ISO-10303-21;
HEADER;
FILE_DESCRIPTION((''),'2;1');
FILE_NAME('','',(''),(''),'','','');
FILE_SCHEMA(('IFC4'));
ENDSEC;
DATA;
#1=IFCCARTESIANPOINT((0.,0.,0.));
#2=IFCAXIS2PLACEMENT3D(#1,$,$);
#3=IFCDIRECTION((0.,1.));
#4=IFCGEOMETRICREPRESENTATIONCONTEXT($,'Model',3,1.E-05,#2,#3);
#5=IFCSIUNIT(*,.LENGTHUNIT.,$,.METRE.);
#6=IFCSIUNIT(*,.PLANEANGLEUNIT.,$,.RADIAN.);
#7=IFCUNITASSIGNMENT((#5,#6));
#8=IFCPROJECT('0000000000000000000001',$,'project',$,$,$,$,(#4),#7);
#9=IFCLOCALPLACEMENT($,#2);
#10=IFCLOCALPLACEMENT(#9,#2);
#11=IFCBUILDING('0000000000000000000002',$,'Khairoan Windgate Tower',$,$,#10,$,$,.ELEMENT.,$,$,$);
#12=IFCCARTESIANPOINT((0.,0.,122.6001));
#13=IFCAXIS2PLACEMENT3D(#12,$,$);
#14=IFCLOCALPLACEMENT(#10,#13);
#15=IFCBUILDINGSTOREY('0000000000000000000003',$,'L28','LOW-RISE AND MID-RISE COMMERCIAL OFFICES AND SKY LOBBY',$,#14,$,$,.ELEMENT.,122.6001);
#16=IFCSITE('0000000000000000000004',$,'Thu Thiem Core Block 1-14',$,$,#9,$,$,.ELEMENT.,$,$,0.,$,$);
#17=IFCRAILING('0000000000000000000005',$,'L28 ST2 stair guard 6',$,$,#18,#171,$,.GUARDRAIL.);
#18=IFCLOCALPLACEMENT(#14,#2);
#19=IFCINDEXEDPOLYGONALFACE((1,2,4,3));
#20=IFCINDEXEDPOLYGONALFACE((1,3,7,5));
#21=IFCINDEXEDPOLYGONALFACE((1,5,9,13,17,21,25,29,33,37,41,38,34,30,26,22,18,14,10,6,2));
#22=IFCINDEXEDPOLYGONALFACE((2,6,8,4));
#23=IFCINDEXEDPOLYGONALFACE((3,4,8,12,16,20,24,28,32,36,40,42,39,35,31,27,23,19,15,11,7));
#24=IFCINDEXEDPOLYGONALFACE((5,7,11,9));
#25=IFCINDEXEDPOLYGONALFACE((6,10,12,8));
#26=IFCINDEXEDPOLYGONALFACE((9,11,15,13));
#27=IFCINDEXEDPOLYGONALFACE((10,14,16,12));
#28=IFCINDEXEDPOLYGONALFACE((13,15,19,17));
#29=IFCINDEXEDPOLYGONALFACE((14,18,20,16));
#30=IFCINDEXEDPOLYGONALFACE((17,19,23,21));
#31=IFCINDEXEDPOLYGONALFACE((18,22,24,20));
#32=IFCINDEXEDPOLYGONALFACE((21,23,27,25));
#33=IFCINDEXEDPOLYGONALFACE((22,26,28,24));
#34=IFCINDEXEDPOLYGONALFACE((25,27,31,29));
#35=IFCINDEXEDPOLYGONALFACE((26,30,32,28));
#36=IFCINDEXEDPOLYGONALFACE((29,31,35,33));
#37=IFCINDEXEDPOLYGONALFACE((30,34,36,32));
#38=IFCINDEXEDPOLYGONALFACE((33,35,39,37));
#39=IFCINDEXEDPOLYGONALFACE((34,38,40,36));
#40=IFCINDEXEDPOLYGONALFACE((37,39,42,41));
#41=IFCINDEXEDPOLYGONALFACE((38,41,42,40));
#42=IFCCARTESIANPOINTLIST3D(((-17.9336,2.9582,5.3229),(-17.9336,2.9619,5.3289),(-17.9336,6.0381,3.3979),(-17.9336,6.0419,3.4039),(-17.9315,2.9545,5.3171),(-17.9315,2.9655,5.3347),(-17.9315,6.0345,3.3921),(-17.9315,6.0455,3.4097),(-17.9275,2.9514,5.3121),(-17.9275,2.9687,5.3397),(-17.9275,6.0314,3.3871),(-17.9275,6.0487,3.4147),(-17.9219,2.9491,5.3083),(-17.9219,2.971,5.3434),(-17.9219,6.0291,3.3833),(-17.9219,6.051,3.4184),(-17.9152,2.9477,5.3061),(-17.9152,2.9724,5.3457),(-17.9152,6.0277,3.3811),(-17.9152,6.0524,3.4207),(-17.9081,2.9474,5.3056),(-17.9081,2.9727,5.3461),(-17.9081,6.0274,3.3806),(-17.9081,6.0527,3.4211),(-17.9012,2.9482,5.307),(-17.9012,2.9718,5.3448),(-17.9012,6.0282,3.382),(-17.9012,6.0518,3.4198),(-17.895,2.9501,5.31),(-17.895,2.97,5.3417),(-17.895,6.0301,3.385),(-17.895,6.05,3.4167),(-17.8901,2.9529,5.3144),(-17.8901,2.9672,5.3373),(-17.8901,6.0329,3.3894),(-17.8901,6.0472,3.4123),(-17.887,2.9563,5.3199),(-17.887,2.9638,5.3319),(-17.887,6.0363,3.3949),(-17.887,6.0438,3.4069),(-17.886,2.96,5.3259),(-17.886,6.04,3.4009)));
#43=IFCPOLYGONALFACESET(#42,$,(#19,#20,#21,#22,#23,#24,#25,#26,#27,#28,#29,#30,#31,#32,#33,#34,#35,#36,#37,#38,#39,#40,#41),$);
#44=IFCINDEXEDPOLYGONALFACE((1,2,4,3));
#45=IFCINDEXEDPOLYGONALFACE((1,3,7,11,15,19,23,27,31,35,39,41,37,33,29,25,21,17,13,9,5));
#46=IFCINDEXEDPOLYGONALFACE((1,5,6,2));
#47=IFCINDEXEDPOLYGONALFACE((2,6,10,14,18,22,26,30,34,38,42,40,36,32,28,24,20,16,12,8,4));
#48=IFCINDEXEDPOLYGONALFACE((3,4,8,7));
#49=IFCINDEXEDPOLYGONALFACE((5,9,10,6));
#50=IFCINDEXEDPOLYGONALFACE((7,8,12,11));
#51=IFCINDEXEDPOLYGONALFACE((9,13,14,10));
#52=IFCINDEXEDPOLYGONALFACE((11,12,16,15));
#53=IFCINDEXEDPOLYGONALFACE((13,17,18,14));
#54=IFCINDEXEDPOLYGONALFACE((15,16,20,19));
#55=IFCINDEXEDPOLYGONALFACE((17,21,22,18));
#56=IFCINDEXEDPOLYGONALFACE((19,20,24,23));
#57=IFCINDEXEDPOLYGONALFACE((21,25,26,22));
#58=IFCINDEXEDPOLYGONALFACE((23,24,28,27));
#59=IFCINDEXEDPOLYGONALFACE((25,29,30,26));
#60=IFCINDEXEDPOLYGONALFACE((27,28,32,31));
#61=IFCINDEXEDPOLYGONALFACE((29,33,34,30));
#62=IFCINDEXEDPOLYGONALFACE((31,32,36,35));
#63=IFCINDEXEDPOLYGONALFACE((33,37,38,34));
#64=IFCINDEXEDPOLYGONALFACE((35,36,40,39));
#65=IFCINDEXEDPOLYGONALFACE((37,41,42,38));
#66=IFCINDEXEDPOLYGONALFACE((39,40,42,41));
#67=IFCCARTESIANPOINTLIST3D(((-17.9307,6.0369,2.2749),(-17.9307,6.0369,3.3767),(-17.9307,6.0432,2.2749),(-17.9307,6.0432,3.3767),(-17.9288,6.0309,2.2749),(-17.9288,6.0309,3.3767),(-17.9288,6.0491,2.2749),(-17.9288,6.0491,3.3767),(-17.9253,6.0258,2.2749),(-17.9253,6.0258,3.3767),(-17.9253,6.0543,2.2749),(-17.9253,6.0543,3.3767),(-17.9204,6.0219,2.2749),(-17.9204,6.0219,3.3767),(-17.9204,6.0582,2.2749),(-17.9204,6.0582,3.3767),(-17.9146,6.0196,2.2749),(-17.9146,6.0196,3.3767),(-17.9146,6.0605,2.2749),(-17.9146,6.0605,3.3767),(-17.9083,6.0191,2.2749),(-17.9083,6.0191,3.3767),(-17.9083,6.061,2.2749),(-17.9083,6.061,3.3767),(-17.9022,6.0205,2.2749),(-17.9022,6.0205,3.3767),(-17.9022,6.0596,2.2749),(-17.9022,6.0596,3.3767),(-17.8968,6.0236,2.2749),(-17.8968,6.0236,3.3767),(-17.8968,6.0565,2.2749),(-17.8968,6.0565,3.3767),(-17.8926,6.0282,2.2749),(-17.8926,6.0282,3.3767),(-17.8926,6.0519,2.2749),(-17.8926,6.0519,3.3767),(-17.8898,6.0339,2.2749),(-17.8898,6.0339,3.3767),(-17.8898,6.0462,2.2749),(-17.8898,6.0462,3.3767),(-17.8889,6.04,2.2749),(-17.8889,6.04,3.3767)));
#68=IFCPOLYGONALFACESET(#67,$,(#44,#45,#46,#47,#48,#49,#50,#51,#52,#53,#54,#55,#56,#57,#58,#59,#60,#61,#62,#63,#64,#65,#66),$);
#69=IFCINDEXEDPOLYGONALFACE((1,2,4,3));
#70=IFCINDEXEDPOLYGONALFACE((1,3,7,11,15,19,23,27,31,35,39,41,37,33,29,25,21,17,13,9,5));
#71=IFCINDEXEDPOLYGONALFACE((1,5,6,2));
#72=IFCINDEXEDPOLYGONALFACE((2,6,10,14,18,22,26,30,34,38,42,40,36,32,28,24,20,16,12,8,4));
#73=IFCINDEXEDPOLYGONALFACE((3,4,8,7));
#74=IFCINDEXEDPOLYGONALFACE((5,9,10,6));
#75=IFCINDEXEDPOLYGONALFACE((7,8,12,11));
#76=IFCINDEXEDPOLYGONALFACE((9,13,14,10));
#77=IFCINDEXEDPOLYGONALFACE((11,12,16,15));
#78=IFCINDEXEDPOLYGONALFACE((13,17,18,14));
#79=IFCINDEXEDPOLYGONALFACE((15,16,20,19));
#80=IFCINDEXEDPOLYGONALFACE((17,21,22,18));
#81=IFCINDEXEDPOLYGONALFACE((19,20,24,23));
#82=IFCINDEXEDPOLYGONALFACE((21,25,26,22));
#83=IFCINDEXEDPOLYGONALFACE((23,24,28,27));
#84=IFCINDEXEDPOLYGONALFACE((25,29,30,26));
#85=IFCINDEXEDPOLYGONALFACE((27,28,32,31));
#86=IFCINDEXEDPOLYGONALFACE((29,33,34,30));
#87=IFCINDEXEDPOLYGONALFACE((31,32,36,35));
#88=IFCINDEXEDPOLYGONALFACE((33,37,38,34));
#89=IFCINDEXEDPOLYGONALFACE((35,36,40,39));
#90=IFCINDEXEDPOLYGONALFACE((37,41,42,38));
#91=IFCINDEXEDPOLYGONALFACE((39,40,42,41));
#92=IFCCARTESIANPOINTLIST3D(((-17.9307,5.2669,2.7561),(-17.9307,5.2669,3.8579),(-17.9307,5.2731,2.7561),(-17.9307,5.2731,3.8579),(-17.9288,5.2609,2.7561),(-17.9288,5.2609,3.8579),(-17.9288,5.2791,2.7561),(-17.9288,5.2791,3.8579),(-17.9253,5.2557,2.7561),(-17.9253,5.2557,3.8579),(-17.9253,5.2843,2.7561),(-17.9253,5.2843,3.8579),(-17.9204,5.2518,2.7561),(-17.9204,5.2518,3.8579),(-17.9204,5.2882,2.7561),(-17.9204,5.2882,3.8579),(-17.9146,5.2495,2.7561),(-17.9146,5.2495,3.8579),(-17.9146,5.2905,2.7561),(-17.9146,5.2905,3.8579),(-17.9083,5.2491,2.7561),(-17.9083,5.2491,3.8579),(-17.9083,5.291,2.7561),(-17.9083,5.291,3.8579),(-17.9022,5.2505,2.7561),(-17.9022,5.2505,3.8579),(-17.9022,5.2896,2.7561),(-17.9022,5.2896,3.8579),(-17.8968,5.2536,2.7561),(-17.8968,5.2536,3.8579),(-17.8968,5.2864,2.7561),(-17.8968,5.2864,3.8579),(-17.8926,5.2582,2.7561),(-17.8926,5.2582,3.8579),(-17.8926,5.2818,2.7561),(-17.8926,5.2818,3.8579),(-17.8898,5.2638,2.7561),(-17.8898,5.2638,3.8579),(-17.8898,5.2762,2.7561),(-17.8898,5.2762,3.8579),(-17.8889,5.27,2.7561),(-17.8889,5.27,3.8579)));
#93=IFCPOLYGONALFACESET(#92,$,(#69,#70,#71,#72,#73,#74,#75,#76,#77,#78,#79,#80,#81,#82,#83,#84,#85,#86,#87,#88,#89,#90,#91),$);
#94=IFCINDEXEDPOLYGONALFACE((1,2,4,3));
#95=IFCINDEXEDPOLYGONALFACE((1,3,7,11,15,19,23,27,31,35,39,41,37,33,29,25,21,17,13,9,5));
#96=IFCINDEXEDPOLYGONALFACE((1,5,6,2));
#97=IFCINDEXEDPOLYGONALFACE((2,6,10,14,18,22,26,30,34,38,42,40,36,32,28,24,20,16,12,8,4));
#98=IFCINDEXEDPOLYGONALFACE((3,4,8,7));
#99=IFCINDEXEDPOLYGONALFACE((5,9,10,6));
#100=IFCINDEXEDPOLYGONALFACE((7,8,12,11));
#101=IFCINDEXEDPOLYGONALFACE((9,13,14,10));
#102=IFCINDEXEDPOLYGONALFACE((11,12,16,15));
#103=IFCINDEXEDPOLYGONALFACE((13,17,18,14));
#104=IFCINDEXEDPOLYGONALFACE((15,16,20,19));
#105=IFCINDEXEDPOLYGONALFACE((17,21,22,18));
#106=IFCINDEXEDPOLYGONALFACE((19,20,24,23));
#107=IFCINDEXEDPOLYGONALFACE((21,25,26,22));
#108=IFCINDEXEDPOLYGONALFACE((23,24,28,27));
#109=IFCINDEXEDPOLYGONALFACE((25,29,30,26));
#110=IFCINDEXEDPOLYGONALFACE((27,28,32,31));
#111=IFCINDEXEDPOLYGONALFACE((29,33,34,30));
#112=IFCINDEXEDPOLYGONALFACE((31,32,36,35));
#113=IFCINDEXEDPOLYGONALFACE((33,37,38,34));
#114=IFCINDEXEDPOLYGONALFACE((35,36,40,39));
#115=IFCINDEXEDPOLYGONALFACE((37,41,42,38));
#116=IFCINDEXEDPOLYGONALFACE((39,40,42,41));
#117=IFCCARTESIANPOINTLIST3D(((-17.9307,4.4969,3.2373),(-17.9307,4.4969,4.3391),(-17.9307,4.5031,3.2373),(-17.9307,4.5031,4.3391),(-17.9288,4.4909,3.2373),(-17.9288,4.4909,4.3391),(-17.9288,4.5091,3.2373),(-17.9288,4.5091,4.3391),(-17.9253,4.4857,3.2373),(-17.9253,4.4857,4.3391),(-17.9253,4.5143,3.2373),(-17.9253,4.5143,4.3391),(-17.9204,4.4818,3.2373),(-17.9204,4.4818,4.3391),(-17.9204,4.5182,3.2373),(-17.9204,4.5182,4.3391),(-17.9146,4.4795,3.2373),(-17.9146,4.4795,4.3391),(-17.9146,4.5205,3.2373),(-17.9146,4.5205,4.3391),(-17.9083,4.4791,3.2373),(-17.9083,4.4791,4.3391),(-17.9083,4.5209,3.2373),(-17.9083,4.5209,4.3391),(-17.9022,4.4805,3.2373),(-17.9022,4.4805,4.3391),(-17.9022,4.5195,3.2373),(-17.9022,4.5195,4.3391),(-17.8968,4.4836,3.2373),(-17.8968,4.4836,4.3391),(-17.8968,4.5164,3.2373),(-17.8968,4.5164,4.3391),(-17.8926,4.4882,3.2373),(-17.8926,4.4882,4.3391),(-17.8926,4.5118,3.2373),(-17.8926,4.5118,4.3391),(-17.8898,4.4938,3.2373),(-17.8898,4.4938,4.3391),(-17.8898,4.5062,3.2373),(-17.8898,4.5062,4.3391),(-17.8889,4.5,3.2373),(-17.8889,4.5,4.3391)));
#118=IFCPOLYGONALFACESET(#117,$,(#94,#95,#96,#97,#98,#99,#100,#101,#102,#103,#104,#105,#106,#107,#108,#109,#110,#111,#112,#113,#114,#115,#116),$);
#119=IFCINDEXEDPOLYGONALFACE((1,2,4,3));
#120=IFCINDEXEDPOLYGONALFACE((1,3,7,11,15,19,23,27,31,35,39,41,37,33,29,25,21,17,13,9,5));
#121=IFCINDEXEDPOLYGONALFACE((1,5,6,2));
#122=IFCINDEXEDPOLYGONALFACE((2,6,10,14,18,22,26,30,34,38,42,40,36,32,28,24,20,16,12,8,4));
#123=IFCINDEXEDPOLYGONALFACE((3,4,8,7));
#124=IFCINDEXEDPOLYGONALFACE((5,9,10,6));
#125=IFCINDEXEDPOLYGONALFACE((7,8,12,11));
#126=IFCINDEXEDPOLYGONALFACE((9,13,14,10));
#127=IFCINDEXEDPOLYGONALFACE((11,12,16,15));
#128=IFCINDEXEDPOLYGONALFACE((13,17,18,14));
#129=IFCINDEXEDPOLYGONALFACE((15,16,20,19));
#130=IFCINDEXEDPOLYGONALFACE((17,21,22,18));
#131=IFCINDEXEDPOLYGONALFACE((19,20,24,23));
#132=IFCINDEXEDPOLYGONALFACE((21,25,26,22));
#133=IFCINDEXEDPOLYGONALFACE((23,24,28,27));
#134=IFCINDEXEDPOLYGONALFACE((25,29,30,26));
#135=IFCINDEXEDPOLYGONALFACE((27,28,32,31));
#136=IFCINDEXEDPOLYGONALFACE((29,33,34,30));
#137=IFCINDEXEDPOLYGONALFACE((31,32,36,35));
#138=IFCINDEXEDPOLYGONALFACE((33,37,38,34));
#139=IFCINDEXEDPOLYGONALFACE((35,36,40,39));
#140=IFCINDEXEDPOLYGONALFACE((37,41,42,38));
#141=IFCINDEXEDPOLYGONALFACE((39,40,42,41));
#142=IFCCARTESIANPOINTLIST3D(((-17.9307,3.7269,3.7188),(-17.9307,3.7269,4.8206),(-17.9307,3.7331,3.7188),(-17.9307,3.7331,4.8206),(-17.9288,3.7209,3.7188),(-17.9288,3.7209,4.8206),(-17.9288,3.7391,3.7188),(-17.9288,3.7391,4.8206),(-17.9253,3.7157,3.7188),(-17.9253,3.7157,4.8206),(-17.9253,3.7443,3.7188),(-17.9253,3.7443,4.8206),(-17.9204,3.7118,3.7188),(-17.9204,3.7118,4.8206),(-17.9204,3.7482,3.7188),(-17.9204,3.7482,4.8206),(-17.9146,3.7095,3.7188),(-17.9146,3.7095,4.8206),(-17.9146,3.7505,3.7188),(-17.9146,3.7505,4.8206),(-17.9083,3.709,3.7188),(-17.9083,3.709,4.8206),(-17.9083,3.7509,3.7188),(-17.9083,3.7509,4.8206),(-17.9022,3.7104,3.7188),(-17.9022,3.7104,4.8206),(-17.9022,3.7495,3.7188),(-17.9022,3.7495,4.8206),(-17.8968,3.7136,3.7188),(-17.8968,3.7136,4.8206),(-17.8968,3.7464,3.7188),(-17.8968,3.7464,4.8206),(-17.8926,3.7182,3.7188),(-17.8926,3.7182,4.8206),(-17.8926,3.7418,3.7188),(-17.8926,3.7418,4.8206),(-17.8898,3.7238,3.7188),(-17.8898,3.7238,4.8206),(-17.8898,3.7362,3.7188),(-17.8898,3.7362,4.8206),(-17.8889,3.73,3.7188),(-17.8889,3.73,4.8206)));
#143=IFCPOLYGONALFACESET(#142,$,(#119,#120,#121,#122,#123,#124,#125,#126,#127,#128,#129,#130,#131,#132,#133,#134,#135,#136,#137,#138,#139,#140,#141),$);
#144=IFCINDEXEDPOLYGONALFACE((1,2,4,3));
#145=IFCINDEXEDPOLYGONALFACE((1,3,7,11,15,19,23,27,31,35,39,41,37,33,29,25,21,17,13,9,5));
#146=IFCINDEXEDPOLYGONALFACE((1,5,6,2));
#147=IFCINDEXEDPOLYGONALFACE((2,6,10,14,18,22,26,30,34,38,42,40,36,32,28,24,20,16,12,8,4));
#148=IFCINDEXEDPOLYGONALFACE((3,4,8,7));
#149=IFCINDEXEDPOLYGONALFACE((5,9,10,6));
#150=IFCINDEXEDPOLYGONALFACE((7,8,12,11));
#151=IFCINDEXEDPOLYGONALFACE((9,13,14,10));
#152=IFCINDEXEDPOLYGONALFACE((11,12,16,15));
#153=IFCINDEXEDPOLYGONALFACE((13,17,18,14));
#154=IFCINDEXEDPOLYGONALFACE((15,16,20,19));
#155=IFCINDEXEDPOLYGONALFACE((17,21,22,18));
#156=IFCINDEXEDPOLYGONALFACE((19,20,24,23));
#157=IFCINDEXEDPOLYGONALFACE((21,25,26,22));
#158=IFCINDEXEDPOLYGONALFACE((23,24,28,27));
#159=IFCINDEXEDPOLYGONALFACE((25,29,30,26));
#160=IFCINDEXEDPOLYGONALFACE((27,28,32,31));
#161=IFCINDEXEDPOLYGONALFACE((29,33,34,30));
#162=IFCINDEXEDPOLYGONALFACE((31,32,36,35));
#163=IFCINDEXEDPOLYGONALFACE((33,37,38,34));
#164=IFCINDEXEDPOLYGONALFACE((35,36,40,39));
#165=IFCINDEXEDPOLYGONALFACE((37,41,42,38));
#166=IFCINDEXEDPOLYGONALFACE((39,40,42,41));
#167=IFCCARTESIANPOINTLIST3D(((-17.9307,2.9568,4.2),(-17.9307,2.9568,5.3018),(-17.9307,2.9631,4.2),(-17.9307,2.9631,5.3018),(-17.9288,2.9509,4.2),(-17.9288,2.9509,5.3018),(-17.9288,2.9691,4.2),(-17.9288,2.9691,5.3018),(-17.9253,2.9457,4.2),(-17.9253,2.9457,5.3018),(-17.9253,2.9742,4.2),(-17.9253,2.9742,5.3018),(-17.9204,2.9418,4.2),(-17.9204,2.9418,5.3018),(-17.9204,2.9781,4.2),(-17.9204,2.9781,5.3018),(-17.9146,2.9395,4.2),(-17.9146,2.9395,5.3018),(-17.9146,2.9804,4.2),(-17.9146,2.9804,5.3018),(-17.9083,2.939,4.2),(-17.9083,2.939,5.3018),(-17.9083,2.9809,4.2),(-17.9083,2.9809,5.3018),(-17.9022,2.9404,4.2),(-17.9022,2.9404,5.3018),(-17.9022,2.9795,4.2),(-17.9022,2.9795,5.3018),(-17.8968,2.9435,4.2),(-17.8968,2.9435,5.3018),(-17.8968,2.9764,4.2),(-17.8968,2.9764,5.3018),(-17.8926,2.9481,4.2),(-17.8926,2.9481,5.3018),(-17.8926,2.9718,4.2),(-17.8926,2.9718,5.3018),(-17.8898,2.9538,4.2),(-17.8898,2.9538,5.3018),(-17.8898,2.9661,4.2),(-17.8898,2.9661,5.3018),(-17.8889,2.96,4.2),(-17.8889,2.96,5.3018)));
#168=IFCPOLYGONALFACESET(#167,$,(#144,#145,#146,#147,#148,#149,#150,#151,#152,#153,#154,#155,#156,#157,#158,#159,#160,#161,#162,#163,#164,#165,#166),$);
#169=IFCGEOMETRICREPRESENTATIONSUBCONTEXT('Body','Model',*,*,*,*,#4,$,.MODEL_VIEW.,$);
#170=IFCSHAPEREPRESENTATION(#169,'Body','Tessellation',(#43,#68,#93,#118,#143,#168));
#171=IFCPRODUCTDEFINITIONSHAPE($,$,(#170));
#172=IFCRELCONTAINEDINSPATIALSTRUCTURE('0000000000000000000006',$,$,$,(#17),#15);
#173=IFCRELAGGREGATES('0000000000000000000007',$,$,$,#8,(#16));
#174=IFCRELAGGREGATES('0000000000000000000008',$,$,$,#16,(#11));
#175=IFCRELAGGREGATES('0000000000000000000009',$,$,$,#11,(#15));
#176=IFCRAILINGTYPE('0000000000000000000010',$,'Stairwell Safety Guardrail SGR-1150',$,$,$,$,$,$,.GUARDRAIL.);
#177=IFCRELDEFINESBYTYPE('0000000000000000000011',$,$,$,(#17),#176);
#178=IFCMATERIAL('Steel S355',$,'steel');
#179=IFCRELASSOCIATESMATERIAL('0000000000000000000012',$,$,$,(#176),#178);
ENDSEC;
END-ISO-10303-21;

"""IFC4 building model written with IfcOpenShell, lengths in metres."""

from ifc_helpers import new_model, si_unit, direction, frame, origin, origin_2d, place, context, subcontext, project, spatial, circle, extrude, material, type_object, element, save


model = new_model("IFC4")

# Units and contexts
model_context = context("Model", 3, precision=1e-05, world=origin(), true_north=direction((0.0, 1.0)))
body_context = subcontext(model_context, "Body", "Model", "MODEL_VIEW")
ifc_project = project(units=[si_unit("LENGTHUNIT", "METRE"), si_unit("PLANEANGLEUNIT", "RADIAN")], contexts=[model_context])

# Site, building, storey
site_placement = place(None, origin())
site = spatial("IfcSite", under=ifc_project, at=site_placement, Name="Thu Thiem Core Block 1-14", CompositionType="ELEMENT", RefElevation=0.0)
building_placement = place(site_placement, origin())
building = spatial("IfcBuilding", under=site, at=building_placement, Name="Khairoan Windgate Tower", CompositionType="ELEMENT")
storey_placement = place(building_placement, frame((0.0, 0.0, 122.6001)))
storey = spatial("IfcBuildingStorey", under=building, at=storey_placement, Name="L28", Description="LOW-RISE AND MID-RISE COMMERCIAL OFFICES AND SKY LOBBY", CompositionType="ELEMENT", Elevation=122.6001)

# Railing
ifc_material_1 = material(Name="Steel S355", Category="steel")
railing_type_1 = type_object("IfcRailingType", Name="Stairwell Safety Guardrail SGR-1150", PredefinedType="GUARDRAIL", material=ifc_material_1)
railing_1_placement = place(storey_placement, frame((-17.9099, 6.04, 2.2749)))
element("IfcRailing", 1, at=railing_1_placement, inside=storey, type_object=railing_type_1, Name="L28 ST2 stair guard 6", PredefinedType="GUARDRAIL", context=body_context, shape_type="SweptSolid", body=[
    extrude(circle(Radius=0.0239, at=origin_2d()), frame((0.0, 0.0, 1.126), z_axis=(0.0, -0.847998, 0.529999), x_axis=(1.0, 0.0, 0.0)), (0.0, 0.0, 1.0), 3.6321),
    extrude(circle(Radius=0.021, at=origin_2d()), origin(), (0.0, 0.0, 1.0), 1.1018),
    extrude(circle(Radius=0.021, at=origin_2d()), frame((0.0, -0.77, 0.4812)), (0.0, 0.0, 1.0), 1.1018),
    extrude(circle(Radius=0.021, at=origin_2d()), frame((0.0, -1.54, 0.9624)), (0.0, 0.0, 1.0), 1.1018),
    extrude(circle(Radius=0.021, at=origin_2d()), frame((0.0, -2.3101, 1.4438)), (0.0, 0.0, 1.0), 1.1018),
    extrude(circle(Radius=0.021, at=origin_2d()), frame((0.0, -3.0801, 1.925)), (0.0, 0.0, 1.0), 1.1018),
])

save(model, "model.ifc")
